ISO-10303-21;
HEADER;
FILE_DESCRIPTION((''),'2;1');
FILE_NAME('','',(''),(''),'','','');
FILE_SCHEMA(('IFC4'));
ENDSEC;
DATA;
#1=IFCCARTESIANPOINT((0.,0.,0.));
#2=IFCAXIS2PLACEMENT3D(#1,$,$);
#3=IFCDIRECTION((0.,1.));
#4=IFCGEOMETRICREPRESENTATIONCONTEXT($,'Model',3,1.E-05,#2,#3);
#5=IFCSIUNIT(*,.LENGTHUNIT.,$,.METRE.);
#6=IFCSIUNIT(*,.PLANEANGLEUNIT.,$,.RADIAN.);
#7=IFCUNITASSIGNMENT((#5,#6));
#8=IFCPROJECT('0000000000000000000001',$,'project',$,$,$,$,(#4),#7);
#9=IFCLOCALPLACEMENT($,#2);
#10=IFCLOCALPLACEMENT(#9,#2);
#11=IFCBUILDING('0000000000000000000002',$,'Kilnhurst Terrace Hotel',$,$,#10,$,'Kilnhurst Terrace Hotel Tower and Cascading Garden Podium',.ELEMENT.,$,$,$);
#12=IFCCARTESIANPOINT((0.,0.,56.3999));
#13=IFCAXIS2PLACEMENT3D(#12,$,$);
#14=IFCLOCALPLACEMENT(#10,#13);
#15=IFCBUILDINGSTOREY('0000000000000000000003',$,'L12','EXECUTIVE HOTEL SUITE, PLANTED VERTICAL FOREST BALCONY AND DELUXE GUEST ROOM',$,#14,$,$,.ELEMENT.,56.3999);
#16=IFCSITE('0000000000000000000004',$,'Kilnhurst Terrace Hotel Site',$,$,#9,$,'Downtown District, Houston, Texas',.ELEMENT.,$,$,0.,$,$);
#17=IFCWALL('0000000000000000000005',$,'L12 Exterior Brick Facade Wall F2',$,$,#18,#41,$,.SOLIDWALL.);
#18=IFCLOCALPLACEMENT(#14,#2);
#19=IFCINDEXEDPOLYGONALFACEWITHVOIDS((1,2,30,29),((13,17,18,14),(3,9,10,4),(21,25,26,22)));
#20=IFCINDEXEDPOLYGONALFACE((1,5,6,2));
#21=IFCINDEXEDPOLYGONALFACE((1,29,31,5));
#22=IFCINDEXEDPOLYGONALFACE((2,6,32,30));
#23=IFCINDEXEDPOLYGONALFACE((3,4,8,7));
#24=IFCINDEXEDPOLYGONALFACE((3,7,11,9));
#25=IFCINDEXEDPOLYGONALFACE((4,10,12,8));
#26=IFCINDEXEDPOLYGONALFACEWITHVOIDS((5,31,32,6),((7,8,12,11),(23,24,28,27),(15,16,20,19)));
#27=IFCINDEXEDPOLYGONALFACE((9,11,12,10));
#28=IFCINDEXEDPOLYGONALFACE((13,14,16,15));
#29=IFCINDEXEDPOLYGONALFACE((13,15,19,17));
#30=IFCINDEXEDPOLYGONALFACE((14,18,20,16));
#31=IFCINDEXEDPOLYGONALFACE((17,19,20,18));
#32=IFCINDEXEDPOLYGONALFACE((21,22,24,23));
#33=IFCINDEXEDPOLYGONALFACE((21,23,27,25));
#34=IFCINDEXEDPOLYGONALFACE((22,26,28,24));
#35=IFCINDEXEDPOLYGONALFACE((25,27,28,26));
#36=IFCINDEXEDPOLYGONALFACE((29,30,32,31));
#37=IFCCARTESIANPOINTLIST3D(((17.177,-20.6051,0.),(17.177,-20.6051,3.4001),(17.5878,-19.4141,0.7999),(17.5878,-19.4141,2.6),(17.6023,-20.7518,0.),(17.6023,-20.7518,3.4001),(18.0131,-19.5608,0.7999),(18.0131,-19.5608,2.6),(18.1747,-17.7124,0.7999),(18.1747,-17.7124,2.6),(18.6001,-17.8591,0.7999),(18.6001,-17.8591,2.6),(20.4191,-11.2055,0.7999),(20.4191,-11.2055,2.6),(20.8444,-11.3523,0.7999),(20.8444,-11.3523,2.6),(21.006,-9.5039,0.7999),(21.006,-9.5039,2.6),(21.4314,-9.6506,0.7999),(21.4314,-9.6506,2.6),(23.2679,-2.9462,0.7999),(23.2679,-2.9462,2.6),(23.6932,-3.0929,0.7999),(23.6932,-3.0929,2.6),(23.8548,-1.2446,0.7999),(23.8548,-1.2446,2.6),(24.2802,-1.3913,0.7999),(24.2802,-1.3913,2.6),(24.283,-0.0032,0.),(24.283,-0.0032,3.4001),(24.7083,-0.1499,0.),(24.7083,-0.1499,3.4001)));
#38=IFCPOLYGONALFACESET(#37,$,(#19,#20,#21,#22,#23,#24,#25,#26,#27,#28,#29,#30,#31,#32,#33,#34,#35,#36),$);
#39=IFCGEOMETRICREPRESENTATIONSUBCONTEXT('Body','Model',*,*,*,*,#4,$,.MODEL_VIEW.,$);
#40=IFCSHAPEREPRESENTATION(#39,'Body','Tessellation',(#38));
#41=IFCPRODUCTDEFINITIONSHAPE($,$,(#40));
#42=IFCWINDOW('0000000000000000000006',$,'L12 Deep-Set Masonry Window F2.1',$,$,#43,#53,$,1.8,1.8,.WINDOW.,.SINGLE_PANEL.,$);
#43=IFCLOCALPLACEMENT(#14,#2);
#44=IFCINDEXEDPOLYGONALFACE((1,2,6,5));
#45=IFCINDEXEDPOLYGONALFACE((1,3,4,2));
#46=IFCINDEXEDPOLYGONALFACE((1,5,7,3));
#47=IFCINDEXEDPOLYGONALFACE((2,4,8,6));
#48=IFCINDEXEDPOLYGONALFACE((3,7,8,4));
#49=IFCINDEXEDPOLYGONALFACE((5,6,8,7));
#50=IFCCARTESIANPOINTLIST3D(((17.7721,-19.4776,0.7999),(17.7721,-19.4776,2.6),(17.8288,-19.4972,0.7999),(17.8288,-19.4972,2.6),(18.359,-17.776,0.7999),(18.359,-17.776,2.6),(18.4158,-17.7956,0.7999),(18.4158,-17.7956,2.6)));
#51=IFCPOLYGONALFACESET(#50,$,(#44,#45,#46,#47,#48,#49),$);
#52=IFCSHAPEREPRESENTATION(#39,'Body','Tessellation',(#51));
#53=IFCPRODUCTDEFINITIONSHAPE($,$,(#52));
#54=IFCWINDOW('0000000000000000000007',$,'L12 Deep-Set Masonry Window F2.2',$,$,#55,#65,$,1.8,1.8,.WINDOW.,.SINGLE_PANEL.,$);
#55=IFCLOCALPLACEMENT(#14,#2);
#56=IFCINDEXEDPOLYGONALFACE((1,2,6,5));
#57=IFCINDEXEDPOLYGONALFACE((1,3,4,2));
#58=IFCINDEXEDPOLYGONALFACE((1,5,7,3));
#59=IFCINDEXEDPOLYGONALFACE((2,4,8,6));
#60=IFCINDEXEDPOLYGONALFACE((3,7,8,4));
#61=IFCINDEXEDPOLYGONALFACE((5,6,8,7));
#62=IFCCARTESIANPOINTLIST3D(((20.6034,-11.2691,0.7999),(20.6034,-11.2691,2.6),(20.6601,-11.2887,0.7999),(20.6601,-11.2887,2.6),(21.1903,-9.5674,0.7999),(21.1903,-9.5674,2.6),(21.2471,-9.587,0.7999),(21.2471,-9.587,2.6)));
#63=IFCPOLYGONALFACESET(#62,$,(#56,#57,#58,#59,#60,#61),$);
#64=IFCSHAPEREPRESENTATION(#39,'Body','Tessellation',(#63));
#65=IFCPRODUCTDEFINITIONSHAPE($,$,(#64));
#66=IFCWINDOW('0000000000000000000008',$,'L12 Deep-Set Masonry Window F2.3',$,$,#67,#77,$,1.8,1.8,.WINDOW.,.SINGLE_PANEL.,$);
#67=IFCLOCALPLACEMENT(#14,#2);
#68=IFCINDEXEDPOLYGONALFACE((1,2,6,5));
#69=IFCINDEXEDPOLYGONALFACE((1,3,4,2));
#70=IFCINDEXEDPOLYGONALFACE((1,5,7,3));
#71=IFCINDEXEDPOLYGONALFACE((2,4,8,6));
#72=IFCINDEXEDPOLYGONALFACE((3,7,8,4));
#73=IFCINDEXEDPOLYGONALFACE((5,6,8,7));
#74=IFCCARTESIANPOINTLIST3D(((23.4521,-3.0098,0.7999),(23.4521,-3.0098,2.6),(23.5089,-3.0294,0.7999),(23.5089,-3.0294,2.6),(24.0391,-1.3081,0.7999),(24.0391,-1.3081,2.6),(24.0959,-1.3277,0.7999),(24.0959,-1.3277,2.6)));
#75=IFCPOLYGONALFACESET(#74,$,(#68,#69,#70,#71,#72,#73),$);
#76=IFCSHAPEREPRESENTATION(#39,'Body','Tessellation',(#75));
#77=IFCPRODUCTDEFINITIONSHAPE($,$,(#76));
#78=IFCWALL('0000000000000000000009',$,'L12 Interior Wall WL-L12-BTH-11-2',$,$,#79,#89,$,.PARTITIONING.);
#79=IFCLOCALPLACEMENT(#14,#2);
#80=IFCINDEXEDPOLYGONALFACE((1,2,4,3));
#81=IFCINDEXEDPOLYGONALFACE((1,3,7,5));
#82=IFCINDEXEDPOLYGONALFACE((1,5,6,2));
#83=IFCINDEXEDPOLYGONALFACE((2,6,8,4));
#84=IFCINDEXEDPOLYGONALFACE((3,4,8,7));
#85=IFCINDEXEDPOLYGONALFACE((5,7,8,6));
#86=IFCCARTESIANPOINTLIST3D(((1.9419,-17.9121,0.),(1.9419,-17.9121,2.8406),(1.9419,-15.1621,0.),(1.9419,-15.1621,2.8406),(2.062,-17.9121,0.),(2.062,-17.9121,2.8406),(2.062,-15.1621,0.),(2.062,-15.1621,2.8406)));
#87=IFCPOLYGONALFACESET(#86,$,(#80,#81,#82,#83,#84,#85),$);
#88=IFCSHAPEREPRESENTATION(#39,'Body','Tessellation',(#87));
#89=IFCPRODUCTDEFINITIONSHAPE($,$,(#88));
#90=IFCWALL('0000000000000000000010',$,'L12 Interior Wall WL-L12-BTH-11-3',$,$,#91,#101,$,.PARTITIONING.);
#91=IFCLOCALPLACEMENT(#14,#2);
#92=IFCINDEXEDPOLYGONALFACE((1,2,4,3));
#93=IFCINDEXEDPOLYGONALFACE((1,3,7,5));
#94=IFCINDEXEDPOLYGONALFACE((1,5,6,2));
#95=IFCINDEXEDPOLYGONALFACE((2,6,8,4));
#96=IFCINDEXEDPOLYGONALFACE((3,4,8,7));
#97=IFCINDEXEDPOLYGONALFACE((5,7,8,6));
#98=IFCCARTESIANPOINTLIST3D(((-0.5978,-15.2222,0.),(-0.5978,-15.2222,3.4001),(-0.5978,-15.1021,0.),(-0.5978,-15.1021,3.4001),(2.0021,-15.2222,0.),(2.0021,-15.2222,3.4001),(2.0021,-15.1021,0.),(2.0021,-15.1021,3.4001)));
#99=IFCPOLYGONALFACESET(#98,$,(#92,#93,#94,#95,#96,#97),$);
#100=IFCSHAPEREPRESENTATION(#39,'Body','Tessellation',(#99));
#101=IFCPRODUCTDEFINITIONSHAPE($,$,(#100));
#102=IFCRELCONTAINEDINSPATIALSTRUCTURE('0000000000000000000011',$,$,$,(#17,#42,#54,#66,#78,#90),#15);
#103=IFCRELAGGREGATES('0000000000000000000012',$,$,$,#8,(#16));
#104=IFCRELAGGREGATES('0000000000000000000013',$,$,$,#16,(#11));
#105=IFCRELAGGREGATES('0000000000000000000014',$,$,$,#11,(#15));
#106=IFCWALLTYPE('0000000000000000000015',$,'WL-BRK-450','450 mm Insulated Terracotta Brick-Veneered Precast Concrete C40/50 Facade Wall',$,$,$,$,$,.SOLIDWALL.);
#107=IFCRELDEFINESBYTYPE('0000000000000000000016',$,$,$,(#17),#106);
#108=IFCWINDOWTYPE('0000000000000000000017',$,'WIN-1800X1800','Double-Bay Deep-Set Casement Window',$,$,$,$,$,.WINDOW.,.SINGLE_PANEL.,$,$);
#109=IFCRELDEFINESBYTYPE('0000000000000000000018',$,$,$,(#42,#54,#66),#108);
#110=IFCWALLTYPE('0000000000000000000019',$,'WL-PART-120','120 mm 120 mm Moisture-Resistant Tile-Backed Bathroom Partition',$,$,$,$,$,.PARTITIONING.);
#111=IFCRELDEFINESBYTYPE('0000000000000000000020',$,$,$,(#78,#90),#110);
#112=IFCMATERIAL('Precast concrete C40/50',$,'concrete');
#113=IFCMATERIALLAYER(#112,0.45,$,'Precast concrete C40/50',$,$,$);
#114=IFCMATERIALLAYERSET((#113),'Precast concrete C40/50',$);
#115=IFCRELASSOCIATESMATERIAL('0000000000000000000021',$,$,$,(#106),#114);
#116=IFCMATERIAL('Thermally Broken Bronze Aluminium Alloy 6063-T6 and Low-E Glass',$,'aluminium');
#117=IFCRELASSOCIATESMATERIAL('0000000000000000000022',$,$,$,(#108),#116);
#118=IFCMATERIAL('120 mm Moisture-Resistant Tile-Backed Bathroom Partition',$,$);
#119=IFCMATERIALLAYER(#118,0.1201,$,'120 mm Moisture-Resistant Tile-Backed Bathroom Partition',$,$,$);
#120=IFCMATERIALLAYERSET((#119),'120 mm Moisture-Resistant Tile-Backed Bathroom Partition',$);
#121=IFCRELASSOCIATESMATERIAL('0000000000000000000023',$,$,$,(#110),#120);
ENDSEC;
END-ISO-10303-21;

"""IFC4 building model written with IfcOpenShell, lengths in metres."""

from ifc_helpers import new_model, si_unit, direction, frame, frame_2d, origin, place, context, subcontext, project, spatial, rectangle, extrude, material, layer, layer_set, type_object, element, fill, save


model = new_model("IFC4")

# Units and contexts
model_context = context("Model", 3, precision=1e-05, world=origin(), true_north=direction((0.0, 1.0)))
body_context = subcontext(model_context, "Body", "Model", "MODEL_VIEW")
ifc_project = project(units=[si_unit("LENGTHUNIT", "METRE"), si_unit("PLANEANGLEUNIT", "RADIAN")], contexts=[model_context])

# Site, building, storey
site_placement = place(None, origin())
site = spatial("IfcSite", under=ifc_project, at=site_placement, Name="Kilnhurst Terrace Hotel Site", LongName="Downtown District, Houston, Texas", CompositionType="ELEMENT", RefElevation=0.0)
building_placement = place(site_placement, origin())
building = spatial("IfcBuilding", under=site, at=building_placement, Name="Kilnhurst Terrace Hotel", LongName="Kilnhurst Terrace Hotel Tower and Cascading Garden Podium", CompositionType="ELEMENT")
storey_placement = place(building_placement, frame((0.0, 0.0, 56.3999)))
storey = spatial("IfcBuildingStorey", under=building, at=storey_placement, Name="L12", Description="EXECUTIVE HOTEL SUITE, PLANTED VERTICAL FOREST BALCONY AND DELUXE GUEST ROOM", CompositionType="ELEMENT", Elevation=56.3999)

# Shared definitions
ifc_material_1 = material(Name="Precast concrete C40/50", Category="concrete")
ifc_layer_1 = layer(ifc_material_1, 0.45, Name="Precast concrete C40/50")
ifc_layer_set_1 = layer_set([ifc_layer_1], Name="Precast concrete C40/50")
wall_type_1 = type_object("IfcWallType", Name="WL-BRK-450", Description="450 mm Insulated Terracotta Brick-Veneered Precast Concrete C40/50 Facade Wall", PredefinedType="SOLIDWALL", material=ifc_layer_set_1)

# Wall, openings, windows
wall_1_placement = place(storey_placement, frame((17.3896, -20.6785, 0.0), z_axis=(0.0, 0.0, 1.0), x_axis=(0.326068, 0.945346, 0.0)))
wall_1 = element("IfcWall", 1, at=wall_1_placement, inside=storey, type_object=wall_type_1, Name="L12 Exterior Brick Facade Wall F2", PredefinedType="SOLIDWALL", context=body_context, shape_type="SweptSolid", body=[
    extrude(rectangle(XDim=21.793, YDim=0.45, at=frame_2d((10.8965, 0.0))), origin(), (0.0, 0.0, 1.0), 3.4001),
])
opening_1_placement = place(wall_1_placement, frame((1.26, 0.0, 0.8)))
opening_1 = element("IfcOpeningElement", 2, at=opening_1_placement, cuts=wall_1, PredefinedType="OPENING", context=body_context, shape_type="SweptSolid", body=[
    extrude(rectangle(XDim=1.8, YDim=1.8, at=frame_2d((0.8999, 0.8999))), frame((0.0, 0.2349, 0.0), z_axis=(0.0, -1.0, 0.0), x_axis=(1.0, 0.0, 0.0)), (0.0, 0.0, 1.0), 0.47),
])
opening_2_placement = place(wall_1_placement, frame((9.9431, 0.0, 0.8)))
opening_2 = element("IfcOpeningElement", 3, at=opening_2_placement, cuts=wall_1, PredefinedType="OPENING", context=body_context, shape_type="SweptSolid", body=[
    extrude(rectangle(XDim=1.8, YDim=1.8, at=frame_2d((0.8999, 0.8999))), frame((0.0, 0.2349, 0.0), z_axis=(0.0, -1.0, 0.0), x_axis=(1.0, 0.0, 0.0)), (0.0, 0.0, 1.0), 0.47),
])
opening_3_placement = place(wall_1_placement, frame((18.6799, 0.0, 0.8)))
opening_3 = element("IfcOpeningElement", 4, at=opening_3_placement, cuts=wall_1, PredefinedType="OPENING", context=body_context, shape_type="SweptSolid", body=[
    extrude(rectangle(XDim=1.8, YDim=1.8, at=frame_2d((0.8999, 0.8999))), frame((0.0, 0.2349, 0.0), z_axis=(0.0, -1.0, 0.0), x_axis=(1.0, 0.0, 0.0)), (0.0, 0.0, 1.0), 0.47),
])
ifc_material_2 = material(Name="Thermally Broken Bronze Aluminium Alloy 6063-T6 and Low-E Glass", Category="aluminium")
window_type = type_object("IfcWindowType", Name="WIN-1800X1800", Description="Double-Bay Deep-Set Casement Window", PartitioningType="SINGLE_PANEL", PredefinedType="WINDOW", material=ifc_material_2)
window_1_placement = place(opening_1_placement, origin())
window_1 = element("IfcWindow", 5, at=window_1_placement, inside=storey, type_object=window_type, Name="L12 Deep-Set Masonry Window F2.1", OverallHeight=1.8, OverallWidth=1.8, PartitioningType="SINGLE_PANEL", PredefinedType="WINDOW", context=body_context, shape_type="SweptSolid", body=[
    extrude(rectangle(XDim=1.8, YDim=1.8, at=frame_2d((0.8999, 0.8999))), frame((0.0, 0.03, 0.0), z_axis=(0.0, -1.0, 0.0), x_axis=(1.0, 0.0, 0.0)), (0.0, 0.0, 1.0), 0.0601),
])
fill(opening_1, window_1)
window_2_placement = place(opening_2_placement, origin())
window_2 = element("IfcWindow", 6, at=window_2_placement, inside=storey, type_object=window_type, Name="L12 Deep-Set Masonry Window F2.2", OverallHeight=1.8, OverallWidth=1.8, PartitioningType="SINGLE_PANEL", PredefinedType="WINDOW", context=body_context, shape_type="SweptSolid", body=[
    extrude(rectangle(XDim=1.8, YDim=1.8, at=frame_2d((0.8999, 0.8999))), frame((0.0, 0.03, 0.0), z_axis=(0.0, -1.0, 0.0), x_axis=(1.0, 0.0, 0.0)), (0.0, 0.0, 1.0), 0.0601),
])
fill(opening_2, window_2)
window_3_placement = place(opening_3_placement, origin())
window_3 = element("IfcWindow", 7, at=window_3_placement, inside=storey, type_object=window_type, Name="L12 Deep-Set Masonry Window F2.3", OverallHeight=1.8, OverallWidth=1.8, PartitioningType="SINGLE_PANEL", PredefinedType="WINDOW", context=body_context, shape_type="SweptSolid", body=[
    extrude(rectangle(XDim=1.8, YDim=1.8, at=frame_2d((0.8999, 0.8999))), frame((0.0, 0.03, 0.0), z_axis=(0.0, -1.0, 0.0), x_axis=(1.0, 0.0, 0.0)), (0.0, 0.0, 1.0), 0.0601),
])
fill(opening_3, window_3)

# Walls
ifc_material_3 = material(Name="120 mm Moisture-Resistant Tile-Backed Bathroom Partition")
ifc_layer_2 = layer(ifc_material_3, 0.1201, Name="120 mm Moisture-Resistant Tile-Backed Bathroom Partition")
ifc_layer_set_2 = layer_set([ifc_layer_2], Name="120 mm Moisture-Resistant Tile-Backed Bathroom Partition")
wall_type_2 = type_object("IfcWallType", Name="WL-PART-120", Description="120 mm 120 mm Moisture-Resistant Tile-Backed Bathroom Partition", PredefinedType="PARTITIONING", material=ifc_layer_set_2)
wall_2_placement = place(storey_placement, frame((2.002, -17.9121, 0.0), z_axis=(0.0, 0.0, 1.0), x_axis=(0.0, 1.0, 0.0)))
element("IfcWall", 8, at=wall_2_placement, inside=storey, type_object=wall_type_2, Name="L12 Interior Wall WL-L12-BTH-11-2", PredefinedType="PARTITIONING", context=body_context, shape_type="SweptSolid", body=[
    extrude(rectangle(XDim=2.75, YDim=0.1201, at=frame_2d((1.375, 0.0))), origin(), (0.0, 0.0, 1.0), 2.8406),
])
wall_3_placement = place(storey_placement, frame((2.002, -15.1621, 0.0), z_axis=(0.0, 0.0, 1.0), x_axis=(-1.0, 0.0, 0.0)))
element("IfcWall", 9, at=wall_3_placement, inside=storey, type_object=wall_type_2, Name="L12 Interior Wall WL-L12-BTH-11-3", PredefinedType="PARTITIONING", context=body_context, shape_type="SweptSolid", body=[
    extrude(rectangle(XDim=2.5999, YDim=0.1201, at=frame_2d((1.2998, 0.0))), origin(), (0.0, 0.0, 1.0), 3.4001),
])

save(model, "model.ifc")
